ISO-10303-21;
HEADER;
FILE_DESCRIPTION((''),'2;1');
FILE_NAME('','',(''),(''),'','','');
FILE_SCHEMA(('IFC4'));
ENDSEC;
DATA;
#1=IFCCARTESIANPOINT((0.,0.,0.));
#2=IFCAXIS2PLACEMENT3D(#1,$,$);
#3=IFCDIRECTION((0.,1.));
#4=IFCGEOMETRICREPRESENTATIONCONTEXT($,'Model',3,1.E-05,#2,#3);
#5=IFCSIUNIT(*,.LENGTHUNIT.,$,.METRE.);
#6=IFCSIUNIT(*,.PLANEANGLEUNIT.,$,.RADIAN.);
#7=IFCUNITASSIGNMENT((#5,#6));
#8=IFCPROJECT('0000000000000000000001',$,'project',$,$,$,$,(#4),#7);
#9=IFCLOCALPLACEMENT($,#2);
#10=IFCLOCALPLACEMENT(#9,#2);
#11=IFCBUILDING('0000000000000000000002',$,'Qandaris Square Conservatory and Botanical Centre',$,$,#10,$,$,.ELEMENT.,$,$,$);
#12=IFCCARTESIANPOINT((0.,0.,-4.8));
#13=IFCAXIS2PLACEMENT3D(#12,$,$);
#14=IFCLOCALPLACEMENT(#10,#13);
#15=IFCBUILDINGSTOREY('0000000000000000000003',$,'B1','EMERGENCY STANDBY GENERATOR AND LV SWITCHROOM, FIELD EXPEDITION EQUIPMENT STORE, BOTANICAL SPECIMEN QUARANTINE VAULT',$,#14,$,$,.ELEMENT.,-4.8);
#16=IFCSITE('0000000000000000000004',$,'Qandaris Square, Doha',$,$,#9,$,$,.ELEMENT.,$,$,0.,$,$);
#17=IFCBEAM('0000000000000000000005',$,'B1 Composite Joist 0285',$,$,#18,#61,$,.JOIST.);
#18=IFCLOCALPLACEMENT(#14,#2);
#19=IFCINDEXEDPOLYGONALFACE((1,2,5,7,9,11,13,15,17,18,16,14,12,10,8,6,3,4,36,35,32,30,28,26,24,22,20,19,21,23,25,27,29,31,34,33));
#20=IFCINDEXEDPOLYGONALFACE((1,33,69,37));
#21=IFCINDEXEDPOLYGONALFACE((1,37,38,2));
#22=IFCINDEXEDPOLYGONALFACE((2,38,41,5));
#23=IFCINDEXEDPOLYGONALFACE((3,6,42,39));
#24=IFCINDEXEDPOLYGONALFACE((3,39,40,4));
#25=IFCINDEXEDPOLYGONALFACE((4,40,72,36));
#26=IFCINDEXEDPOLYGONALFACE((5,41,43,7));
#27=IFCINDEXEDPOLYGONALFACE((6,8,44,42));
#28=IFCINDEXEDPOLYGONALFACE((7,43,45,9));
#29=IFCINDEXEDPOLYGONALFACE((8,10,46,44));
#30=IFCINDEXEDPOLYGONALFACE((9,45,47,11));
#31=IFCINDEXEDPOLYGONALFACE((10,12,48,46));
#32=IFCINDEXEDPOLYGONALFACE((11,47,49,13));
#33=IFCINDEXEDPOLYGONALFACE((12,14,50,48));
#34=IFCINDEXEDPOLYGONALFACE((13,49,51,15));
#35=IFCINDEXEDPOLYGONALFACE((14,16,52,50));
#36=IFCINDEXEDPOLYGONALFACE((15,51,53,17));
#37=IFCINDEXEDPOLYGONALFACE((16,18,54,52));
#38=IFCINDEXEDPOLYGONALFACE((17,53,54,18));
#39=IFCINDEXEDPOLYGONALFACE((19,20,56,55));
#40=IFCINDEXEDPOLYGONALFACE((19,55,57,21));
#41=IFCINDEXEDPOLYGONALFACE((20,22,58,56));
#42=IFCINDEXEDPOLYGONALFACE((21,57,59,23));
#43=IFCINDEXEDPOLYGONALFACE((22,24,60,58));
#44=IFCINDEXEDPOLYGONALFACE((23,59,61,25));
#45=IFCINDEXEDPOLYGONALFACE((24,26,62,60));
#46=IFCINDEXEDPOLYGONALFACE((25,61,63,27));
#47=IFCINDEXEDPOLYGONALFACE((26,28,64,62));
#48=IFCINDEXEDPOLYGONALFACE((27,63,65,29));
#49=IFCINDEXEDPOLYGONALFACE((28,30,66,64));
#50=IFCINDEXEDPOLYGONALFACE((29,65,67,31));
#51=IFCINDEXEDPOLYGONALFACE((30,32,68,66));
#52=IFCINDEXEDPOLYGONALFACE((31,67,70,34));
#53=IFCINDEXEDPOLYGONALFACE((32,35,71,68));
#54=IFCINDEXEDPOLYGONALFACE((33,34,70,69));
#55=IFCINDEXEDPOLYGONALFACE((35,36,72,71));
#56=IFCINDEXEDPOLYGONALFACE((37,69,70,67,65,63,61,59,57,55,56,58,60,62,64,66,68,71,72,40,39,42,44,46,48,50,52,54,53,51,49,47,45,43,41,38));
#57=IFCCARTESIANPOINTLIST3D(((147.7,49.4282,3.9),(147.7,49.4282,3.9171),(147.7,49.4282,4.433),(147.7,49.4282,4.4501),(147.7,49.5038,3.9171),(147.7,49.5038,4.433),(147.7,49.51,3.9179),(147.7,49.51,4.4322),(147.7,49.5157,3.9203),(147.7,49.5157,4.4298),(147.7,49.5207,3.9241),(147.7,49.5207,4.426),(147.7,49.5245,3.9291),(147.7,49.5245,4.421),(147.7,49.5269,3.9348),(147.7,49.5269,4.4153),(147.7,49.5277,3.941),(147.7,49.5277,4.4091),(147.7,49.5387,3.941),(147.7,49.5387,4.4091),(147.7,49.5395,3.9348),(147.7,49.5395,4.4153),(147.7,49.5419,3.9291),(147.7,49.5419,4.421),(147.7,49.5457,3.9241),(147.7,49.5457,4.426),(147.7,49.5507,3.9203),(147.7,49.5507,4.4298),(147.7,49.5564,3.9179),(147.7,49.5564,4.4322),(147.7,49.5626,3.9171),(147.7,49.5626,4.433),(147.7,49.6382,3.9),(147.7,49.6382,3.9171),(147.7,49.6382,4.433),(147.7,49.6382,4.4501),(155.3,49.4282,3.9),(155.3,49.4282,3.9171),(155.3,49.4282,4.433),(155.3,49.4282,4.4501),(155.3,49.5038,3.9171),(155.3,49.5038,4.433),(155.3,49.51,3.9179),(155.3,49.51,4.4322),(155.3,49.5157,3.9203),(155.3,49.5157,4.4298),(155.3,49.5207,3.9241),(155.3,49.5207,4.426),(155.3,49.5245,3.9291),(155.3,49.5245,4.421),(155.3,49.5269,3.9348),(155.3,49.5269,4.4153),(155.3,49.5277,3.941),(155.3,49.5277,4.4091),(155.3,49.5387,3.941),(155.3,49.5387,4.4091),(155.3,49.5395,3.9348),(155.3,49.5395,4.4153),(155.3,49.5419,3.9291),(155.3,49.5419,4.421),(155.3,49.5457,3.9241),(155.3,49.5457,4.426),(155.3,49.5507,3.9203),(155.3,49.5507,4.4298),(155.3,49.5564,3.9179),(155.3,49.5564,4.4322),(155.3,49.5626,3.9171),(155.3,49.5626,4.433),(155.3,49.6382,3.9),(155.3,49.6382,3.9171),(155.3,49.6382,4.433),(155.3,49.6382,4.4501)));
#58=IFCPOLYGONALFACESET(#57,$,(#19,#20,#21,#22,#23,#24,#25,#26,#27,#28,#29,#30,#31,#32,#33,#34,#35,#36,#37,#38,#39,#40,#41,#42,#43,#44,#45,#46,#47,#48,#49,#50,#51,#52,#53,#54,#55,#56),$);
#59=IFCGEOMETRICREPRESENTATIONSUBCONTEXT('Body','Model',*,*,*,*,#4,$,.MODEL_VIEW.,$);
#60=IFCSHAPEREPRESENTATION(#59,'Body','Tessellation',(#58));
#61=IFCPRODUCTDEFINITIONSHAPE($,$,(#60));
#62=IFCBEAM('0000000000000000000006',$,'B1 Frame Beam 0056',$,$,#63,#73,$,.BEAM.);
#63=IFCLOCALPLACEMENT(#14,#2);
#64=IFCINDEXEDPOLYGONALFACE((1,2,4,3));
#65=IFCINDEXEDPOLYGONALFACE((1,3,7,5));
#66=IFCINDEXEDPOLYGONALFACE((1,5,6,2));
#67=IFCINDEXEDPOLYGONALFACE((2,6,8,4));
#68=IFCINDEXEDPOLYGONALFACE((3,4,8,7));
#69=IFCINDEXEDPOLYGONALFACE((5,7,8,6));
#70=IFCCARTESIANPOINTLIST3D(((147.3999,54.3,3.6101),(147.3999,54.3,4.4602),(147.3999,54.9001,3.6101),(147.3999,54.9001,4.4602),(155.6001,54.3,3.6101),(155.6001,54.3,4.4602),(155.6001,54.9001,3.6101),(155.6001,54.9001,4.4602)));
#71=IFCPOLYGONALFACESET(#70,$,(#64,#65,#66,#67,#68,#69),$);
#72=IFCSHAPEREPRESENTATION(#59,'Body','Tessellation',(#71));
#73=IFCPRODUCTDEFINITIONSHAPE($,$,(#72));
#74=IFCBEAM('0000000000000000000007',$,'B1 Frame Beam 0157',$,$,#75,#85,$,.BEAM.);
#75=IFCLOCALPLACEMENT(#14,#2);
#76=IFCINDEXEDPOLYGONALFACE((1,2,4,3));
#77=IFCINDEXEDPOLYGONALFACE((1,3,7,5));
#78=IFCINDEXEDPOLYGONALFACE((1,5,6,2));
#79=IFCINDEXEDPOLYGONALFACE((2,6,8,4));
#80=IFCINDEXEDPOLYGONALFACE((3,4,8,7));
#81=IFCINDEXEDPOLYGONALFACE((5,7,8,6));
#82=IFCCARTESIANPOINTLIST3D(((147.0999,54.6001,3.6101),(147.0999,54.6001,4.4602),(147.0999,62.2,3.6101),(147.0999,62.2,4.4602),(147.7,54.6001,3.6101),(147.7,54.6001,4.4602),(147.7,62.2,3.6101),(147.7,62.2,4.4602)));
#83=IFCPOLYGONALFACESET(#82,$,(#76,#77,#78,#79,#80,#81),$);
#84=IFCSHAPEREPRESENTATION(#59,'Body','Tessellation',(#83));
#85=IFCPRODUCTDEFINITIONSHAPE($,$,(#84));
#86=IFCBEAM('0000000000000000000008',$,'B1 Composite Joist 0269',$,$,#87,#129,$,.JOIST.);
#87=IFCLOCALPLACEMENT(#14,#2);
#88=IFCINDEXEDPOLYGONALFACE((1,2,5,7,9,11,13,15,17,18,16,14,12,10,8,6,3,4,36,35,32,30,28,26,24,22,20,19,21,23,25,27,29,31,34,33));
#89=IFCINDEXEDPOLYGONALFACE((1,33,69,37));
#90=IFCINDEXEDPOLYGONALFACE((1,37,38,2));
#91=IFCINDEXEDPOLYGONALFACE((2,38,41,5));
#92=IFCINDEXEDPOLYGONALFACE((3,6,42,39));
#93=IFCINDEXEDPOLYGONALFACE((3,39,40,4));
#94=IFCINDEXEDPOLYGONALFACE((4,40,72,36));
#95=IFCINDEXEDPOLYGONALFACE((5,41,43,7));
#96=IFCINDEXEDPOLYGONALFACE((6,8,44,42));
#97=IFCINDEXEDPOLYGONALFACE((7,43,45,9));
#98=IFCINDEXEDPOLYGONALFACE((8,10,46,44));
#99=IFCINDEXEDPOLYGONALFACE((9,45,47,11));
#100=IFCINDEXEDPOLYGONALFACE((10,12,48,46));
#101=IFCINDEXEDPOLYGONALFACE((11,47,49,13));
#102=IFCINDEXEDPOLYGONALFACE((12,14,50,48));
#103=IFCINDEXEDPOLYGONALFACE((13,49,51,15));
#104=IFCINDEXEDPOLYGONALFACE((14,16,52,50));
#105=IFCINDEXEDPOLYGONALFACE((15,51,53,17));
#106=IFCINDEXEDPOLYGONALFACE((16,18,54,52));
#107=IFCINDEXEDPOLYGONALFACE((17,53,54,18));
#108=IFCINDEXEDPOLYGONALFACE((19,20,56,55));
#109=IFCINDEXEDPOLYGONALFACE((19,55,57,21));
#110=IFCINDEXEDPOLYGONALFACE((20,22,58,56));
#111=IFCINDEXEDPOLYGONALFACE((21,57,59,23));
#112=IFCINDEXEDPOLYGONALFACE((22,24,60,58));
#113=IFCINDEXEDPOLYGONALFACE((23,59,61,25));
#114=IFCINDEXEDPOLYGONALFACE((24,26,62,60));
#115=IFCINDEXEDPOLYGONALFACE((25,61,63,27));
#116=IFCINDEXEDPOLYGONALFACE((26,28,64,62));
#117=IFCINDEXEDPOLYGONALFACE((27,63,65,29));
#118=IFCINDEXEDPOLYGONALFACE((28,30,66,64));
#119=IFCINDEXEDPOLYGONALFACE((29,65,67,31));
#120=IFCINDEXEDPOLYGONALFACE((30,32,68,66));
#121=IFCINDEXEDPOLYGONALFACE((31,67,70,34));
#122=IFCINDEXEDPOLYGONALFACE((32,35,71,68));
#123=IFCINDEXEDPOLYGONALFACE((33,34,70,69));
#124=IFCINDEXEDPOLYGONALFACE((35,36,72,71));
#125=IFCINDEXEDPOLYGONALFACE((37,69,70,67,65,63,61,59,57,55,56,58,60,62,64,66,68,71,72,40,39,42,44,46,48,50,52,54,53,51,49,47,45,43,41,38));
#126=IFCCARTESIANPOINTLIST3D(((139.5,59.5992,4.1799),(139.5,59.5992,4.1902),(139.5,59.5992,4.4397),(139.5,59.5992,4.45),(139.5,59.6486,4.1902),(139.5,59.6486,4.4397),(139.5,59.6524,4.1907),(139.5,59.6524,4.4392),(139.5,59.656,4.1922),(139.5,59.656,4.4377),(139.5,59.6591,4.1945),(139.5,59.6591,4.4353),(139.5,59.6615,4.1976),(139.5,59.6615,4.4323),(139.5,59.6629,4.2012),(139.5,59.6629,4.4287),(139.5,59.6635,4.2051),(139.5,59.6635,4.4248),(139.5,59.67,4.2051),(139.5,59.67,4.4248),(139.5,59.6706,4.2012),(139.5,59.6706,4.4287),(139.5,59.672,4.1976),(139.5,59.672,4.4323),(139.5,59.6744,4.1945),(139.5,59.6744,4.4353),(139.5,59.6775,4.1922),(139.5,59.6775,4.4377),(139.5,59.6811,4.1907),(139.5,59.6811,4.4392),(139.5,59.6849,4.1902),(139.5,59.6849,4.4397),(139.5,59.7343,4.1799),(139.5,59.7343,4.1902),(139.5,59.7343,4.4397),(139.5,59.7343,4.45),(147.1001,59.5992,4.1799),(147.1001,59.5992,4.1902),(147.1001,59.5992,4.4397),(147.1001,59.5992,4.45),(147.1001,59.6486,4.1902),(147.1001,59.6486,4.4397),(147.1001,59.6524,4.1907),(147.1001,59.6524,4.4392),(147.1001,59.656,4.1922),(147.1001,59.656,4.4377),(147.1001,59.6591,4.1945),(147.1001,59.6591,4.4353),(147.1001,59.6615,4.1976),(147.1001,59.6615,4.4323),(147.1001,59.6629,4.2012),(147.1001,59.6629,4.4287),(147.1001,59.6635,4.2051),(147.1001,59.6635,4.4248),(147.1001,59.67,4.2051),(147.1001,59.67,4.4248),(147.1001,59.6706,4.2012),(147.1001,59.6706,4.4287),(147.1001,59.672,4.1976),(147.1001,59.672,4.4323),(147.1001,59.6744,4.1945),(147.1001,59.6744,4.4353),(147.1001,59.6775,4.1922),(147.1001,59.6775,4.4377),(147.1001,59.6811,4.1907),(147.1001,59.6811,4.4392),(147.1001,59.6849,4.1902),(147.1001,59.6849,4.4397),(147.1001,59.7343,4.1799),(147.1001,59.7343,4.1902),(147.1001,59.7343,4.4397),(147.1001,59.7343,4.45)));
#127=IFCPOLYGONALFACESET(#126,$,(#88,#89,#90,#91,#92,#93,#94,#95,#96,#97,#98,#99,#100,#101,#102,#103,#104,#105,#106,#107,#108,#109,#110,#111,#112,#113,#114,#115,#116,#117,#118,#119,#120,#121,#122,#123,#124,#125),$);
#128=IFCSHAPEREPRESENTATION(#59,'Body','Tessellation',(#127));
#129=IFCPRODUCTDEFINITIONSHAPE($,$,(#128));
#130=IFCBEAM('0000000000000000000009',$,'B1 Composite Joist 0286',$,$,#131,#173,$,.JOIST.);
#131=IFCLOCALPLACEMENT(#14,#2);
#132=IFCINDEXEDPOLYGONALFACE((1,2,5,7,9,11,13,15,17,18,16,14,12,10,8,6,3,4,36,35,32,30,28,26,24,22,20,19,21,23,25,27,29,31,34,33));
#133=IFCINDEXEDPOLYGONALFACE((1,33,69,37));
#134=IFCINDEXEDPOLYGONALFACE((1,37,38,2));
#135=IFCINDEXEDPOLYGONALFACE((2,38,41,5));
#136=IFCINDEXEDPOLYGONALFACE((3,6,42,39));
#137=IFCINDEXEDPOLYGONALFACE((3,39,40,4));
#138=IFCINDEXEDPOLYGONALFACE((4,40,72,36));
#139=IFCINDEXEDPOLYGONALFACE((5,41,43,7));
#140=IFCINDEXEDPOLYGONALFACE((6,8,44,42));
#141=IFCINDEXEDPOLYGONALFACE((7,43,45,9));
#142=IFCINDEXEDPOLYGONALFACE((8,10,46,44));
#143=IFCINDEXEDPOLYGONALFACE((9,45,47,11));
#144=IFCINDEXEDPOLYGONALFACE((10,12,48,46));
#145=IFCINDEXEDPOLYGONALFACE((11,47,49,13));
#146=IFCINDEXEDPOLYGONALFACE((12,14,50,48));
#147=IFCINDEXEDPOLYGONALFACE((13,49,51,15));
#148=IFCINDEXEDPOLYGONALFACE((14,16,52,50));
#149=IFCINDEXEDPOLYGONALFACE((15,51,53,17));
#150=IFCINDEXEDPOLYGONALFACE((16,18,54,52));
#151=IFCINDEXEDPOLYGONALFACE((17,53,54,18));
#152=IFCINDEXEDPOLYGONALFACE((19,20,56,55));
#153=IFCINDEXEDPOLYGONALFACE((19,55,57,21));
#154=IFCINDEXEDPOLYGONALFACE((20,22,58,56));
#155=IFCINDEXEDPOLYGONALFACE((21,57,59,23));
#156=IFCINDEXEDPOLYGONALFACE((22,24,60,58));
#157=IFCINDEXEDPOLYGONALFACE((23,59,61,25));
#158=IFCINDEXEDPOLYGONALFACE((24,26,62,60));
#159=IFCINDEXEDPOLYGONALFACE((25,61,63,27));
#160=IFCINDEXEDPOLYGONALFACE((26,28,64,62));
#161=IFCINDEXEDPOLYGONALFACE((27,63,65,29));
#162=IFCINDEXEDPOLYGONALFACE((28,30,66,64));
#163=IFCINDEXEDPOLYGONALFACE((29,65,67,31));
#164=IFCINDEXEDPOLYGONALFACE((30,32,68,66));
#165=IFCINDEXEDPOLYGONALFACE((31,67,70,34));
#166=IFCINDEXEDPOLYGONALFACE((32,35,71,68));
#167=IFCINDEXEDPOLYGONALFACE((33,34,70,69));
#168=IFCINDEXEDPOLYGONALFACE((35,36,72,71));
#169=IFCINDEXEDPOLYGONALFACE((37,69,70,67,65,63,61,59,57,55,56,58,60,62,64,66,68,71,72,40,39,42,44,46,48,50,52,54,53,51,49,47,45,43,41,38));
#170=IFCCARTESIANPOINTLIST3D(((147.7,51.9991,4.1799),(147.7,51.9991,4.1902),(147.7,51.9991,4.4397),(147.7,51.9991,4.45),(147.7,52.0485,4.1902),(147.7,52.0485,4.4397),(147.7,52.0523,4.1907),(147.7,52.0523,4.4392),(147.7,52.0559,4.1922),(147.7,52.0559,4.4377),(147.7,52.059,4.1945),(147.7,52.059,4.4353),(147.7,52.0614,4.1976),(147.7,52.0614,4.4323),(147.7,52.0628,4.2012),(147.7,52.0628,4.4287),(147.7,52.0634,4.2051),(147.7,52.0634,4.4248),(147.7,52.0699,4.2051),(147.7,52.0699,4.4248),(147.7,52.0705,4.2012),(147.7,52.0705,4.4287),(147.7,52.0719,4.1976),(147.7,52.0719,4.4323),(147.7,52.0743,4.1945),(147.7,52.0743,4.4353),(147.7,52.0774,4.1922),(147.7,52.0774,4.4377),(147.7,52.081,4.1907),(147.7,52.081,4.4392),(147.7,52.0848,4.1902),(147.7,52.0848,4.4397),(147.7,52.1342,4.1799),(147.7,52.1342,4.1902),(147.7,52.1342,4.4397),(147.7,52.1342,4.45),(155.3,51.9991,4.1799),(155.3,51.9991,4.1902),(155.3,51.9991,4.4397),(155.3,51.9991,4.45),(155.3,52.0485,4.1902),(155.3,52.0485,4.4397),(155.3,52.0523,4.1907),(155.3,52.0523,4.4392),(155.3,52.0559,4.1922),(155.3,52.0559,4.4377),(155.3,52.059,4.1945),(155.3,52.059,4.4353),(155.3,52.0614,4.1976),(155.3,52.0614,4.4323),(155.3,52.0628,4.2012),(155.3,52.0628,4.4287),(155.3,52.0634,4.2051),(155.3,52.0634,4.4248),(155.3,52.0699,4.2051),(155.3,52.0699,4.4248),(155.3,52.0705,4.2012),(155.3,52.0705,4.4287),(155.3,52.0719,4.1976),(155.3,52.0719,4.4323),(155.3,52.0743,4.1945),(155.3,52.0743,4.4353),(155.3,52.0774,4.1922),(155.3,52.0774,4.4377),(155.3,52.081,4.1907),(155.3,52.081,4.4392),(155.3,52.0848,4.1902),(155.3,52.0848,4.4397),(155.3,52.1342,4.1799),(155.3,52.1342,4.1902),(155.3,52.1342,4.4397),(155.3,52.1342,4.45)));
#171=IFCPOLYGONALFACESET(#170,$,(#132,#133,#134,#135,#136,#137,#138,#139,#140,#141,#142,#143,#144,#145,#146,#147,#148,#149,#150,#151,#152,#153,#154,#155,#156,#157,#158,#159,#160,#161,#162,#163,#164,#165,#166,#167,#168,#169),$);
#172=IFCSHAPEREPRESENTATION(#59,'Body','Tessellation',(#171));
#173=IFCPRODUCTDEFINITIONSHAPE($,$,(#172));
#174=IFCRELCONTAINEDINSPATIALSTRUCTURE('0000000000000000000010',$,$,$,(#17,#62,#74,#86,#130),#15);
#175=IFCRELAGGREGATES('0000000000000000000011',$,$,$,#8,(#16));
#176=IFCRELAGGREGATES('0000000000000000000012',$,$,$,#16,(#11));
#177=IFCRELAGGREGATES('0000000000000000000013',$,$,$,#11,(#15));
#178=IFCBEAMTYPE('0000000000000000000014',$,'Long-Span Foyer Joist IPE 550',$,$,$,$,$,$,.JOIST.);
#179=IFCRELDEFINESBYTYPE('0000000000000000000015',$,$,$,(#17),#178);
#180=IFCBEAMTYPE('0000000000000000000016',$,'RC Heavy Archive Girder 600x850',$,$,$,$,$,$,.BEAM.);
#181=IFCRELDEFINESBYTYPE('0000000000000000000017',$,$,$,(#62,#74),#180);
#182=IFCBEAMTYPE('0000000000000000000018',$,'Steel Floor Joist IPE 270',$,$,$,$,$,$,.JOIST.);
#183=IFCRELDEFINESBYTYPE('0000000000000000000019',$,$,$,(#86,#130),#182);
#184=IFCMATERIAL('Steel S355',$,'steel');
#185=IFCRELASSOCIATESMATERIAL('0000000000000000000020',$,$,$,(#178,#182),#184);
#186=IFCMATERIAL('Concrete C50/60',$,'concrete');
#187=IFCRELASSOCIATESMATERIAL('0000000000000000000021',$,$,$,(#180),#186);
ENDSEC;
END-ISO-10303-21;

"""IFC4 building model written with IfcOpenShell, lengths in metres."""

from ifc_helpers import new_model, si_unit, direction, frame, origin, origin_2d, place, context, subcontext, project, spatial, rectangle, i_section, extrude, material, material_profile, profile_set, type_object, element, save


model = new_model("IFC4")

# Units and contexts
model_context = context("Model", 3, precision=1e-05, world=origin(), true_north=direction((0.0, 1.0)))
body_context = subcontext(model_context, "Body", "Model", "MODEL_VIEW")
ifc_project = project(units=[si_unit("LENGTHUNIT", "METRE"), si_unit("PLANEANGLEUNIT", "RADIAN")], contexts=[model_context])

# Site, building, storey
site_placement = place(None, origin())
site = spatial("IfcSite", under=ifc_project, at=site_placement, Name="Qandaris Square, Doha", CompositionType="ELEMENT", RefElevation=0.0)
building_placement = place(site_placement, origin())
building = spatial("IfcBuilding", under=site, at=building_placement, Name="Qandaris Square Conservatory and Botanical Centre", CompositionType="ELEMENT")
storey_placement = place(building_placement, frame((0.0, 0.0, -4.8)))
storey = spatial("IfcBuildingStorey", under=building, at=storey_placement, Name="B1", Description="EMERGENCY STANDBY GENERATOR AND LV SWITCHROOM, FIELD EXPEDITION EQUIPMENT STORE, BOTANICAL SPECIMEN QUARANTINE VAULT", CompositionType="ELEMENT", Elevation=-4.8)

# Shared definitions
ifc_material_1 = material(Name="Concrete C50/60", Category="concrete")

# Beams
ifc_material_2 = material(Name="Steel S355", Category="steel")
ifc_material_profile_1 = material_profile(ifc_material_2, i_section(OverallWidth=0.21, OverallDepth=0.55, WebThickness=0.011, FlangeThickness=0.0171, FilletRadius=0.0239, at=origin_2d()), Name="IPE 550")
ifc_profile_set_1 = profile_set([ifc_material_profile_1], Name="Steel S355")
beam_type_1 = type_object("IfcBeamType", Name="Long-Span Foyer Joist IPE 550", PredefinedType="JOIST", material=ifc_profile_set_1)
for number, where, z_axis, x_axis, name in (
    (1, (147.7, 49.5332, 4.175), (1.0, 0.0, 0.0), (0.0, 1.0, 0.0), "B1 Composite Joist 0285"),
):
    element("IfcBeam", number, at=place(storey_placement, frame(where, z_axis=z_axis, x_axis=x_axis)), inside=storey, type_object=beam_type_1, Name=name, PredefinedType="JOIST", context=body_context, shape_type="SweptSolid", body=[
        extrude(i_section(OverallWidth=0.21, OverallDepth=0.55, WebThickness=0.011, FlangeThickness=0.0171, FilletRadius=0.0239, at=origin_2d()), origin(), (0.0, 0.0, 1.0), 7.6001),
    ])
ifc_material_profile_2 = material_profile(ifc_material_1, rectangle(XDim=0.6001, YDim=0.8501, at=origin_2d()), Name="RC-BM 600x850")
ifc_profile_set_2 = profile_set([ifc_material_profile_2], Name="Concrete C50/60")
beam_type_2 = type_object("IfcBeamType", Name="RC Heavy Archive Girder 600x850", PredefinedType="BEAM", material=ifc_profile_set_2)
beam_1_placement = place(storey_placement, frame((147.3999, 54.6001, 4.0352), z_axis=(1.0, 0.0, 0.0), x_axis=(0.0, 1.0, 0.0)))
element("IfcBeam", 2, at=beam_1_placement, inside=storey, type_object=beam_type_2, Name="B1 Frame Beam 0056", PredefinedType="BEAM", context=body_context, shape_type="SweptSolid", body=[
    extrude(rectangle(XDim=0.6001, YDim=0.8501, at=origin_2d()), origin(), (0.0, 0.0, 1.0), 8.2002),
])
beam_2_placement = place(storey_placement, frame((147.3999, 54.6001, 4.0352), z_axis=(0.0, 1.0, 0.0), x_axis=(-1.0, 0.0, 0.0)))
element("IfcBeam", 3, at=beam_2_placement, inside=storey, type_object=beam_type_2, Name="B1 Frame Beam 0157", PredefinedType="BEAM", context=body_context, shape_type="SweptSolid", body=[
    extrude(rectangle(XDim=0.6001, YDim=0.8501, at=origin_2d()), origin(), (0.0, 0.0, 1.0), 7.5999),
])
ifc_material_profile_3 = material_profile(ifc_material_2, i_section(OverallWidth=0.135, OverallDepth=0.27, WebThickness=0.0066, FlangeThickness=0.0103, FilletRadius=0.0149, at=origin_2d()), Name="IPE 270")
ifc_profile_set_3 = profile_set([ifc_material_profile_3], Name="Steel S355")
beam_type_3 = type_object("IfcBeamType", Name="Steel Floor Joist IPE 270", PredefinedType="JOIST", material=ifc_profile_set_3)
for number, where, z_axis, x_axis, name in (
    (4, (139.5, 59.6667, 4.3149), (1.0, 0.0, 0.0), (0.0, 1.0, 0.0), "B1 Composite Joist 0269"),
    (5, (147.7, 52.0667, 4.3149), (1.0, 0.0, 0.0), (0.0, 1.0, 0.0), "B1 Composite Joist 0286"),
):
    element("IfcBeam", number, at=place(storey_placement, frame(where, z_axis=z_axis, x_axis=x_axis)), inside=storey, type_object=beam_type_3, Name=name, PredefinedType="JOIST", context=body_context, shape_type="SweptSolid", body=[
        extrude(i_section(OverallWidth=0.135, OverallDepth=0.27, WebThickness=0.0066, FlangeThickness=0.0103, FilletRadius=0.0149, at=origin_2d()), origin(), (0.0, 0.0, 1.0), 7.6001),
    ])

save(model, "model.ifc")
